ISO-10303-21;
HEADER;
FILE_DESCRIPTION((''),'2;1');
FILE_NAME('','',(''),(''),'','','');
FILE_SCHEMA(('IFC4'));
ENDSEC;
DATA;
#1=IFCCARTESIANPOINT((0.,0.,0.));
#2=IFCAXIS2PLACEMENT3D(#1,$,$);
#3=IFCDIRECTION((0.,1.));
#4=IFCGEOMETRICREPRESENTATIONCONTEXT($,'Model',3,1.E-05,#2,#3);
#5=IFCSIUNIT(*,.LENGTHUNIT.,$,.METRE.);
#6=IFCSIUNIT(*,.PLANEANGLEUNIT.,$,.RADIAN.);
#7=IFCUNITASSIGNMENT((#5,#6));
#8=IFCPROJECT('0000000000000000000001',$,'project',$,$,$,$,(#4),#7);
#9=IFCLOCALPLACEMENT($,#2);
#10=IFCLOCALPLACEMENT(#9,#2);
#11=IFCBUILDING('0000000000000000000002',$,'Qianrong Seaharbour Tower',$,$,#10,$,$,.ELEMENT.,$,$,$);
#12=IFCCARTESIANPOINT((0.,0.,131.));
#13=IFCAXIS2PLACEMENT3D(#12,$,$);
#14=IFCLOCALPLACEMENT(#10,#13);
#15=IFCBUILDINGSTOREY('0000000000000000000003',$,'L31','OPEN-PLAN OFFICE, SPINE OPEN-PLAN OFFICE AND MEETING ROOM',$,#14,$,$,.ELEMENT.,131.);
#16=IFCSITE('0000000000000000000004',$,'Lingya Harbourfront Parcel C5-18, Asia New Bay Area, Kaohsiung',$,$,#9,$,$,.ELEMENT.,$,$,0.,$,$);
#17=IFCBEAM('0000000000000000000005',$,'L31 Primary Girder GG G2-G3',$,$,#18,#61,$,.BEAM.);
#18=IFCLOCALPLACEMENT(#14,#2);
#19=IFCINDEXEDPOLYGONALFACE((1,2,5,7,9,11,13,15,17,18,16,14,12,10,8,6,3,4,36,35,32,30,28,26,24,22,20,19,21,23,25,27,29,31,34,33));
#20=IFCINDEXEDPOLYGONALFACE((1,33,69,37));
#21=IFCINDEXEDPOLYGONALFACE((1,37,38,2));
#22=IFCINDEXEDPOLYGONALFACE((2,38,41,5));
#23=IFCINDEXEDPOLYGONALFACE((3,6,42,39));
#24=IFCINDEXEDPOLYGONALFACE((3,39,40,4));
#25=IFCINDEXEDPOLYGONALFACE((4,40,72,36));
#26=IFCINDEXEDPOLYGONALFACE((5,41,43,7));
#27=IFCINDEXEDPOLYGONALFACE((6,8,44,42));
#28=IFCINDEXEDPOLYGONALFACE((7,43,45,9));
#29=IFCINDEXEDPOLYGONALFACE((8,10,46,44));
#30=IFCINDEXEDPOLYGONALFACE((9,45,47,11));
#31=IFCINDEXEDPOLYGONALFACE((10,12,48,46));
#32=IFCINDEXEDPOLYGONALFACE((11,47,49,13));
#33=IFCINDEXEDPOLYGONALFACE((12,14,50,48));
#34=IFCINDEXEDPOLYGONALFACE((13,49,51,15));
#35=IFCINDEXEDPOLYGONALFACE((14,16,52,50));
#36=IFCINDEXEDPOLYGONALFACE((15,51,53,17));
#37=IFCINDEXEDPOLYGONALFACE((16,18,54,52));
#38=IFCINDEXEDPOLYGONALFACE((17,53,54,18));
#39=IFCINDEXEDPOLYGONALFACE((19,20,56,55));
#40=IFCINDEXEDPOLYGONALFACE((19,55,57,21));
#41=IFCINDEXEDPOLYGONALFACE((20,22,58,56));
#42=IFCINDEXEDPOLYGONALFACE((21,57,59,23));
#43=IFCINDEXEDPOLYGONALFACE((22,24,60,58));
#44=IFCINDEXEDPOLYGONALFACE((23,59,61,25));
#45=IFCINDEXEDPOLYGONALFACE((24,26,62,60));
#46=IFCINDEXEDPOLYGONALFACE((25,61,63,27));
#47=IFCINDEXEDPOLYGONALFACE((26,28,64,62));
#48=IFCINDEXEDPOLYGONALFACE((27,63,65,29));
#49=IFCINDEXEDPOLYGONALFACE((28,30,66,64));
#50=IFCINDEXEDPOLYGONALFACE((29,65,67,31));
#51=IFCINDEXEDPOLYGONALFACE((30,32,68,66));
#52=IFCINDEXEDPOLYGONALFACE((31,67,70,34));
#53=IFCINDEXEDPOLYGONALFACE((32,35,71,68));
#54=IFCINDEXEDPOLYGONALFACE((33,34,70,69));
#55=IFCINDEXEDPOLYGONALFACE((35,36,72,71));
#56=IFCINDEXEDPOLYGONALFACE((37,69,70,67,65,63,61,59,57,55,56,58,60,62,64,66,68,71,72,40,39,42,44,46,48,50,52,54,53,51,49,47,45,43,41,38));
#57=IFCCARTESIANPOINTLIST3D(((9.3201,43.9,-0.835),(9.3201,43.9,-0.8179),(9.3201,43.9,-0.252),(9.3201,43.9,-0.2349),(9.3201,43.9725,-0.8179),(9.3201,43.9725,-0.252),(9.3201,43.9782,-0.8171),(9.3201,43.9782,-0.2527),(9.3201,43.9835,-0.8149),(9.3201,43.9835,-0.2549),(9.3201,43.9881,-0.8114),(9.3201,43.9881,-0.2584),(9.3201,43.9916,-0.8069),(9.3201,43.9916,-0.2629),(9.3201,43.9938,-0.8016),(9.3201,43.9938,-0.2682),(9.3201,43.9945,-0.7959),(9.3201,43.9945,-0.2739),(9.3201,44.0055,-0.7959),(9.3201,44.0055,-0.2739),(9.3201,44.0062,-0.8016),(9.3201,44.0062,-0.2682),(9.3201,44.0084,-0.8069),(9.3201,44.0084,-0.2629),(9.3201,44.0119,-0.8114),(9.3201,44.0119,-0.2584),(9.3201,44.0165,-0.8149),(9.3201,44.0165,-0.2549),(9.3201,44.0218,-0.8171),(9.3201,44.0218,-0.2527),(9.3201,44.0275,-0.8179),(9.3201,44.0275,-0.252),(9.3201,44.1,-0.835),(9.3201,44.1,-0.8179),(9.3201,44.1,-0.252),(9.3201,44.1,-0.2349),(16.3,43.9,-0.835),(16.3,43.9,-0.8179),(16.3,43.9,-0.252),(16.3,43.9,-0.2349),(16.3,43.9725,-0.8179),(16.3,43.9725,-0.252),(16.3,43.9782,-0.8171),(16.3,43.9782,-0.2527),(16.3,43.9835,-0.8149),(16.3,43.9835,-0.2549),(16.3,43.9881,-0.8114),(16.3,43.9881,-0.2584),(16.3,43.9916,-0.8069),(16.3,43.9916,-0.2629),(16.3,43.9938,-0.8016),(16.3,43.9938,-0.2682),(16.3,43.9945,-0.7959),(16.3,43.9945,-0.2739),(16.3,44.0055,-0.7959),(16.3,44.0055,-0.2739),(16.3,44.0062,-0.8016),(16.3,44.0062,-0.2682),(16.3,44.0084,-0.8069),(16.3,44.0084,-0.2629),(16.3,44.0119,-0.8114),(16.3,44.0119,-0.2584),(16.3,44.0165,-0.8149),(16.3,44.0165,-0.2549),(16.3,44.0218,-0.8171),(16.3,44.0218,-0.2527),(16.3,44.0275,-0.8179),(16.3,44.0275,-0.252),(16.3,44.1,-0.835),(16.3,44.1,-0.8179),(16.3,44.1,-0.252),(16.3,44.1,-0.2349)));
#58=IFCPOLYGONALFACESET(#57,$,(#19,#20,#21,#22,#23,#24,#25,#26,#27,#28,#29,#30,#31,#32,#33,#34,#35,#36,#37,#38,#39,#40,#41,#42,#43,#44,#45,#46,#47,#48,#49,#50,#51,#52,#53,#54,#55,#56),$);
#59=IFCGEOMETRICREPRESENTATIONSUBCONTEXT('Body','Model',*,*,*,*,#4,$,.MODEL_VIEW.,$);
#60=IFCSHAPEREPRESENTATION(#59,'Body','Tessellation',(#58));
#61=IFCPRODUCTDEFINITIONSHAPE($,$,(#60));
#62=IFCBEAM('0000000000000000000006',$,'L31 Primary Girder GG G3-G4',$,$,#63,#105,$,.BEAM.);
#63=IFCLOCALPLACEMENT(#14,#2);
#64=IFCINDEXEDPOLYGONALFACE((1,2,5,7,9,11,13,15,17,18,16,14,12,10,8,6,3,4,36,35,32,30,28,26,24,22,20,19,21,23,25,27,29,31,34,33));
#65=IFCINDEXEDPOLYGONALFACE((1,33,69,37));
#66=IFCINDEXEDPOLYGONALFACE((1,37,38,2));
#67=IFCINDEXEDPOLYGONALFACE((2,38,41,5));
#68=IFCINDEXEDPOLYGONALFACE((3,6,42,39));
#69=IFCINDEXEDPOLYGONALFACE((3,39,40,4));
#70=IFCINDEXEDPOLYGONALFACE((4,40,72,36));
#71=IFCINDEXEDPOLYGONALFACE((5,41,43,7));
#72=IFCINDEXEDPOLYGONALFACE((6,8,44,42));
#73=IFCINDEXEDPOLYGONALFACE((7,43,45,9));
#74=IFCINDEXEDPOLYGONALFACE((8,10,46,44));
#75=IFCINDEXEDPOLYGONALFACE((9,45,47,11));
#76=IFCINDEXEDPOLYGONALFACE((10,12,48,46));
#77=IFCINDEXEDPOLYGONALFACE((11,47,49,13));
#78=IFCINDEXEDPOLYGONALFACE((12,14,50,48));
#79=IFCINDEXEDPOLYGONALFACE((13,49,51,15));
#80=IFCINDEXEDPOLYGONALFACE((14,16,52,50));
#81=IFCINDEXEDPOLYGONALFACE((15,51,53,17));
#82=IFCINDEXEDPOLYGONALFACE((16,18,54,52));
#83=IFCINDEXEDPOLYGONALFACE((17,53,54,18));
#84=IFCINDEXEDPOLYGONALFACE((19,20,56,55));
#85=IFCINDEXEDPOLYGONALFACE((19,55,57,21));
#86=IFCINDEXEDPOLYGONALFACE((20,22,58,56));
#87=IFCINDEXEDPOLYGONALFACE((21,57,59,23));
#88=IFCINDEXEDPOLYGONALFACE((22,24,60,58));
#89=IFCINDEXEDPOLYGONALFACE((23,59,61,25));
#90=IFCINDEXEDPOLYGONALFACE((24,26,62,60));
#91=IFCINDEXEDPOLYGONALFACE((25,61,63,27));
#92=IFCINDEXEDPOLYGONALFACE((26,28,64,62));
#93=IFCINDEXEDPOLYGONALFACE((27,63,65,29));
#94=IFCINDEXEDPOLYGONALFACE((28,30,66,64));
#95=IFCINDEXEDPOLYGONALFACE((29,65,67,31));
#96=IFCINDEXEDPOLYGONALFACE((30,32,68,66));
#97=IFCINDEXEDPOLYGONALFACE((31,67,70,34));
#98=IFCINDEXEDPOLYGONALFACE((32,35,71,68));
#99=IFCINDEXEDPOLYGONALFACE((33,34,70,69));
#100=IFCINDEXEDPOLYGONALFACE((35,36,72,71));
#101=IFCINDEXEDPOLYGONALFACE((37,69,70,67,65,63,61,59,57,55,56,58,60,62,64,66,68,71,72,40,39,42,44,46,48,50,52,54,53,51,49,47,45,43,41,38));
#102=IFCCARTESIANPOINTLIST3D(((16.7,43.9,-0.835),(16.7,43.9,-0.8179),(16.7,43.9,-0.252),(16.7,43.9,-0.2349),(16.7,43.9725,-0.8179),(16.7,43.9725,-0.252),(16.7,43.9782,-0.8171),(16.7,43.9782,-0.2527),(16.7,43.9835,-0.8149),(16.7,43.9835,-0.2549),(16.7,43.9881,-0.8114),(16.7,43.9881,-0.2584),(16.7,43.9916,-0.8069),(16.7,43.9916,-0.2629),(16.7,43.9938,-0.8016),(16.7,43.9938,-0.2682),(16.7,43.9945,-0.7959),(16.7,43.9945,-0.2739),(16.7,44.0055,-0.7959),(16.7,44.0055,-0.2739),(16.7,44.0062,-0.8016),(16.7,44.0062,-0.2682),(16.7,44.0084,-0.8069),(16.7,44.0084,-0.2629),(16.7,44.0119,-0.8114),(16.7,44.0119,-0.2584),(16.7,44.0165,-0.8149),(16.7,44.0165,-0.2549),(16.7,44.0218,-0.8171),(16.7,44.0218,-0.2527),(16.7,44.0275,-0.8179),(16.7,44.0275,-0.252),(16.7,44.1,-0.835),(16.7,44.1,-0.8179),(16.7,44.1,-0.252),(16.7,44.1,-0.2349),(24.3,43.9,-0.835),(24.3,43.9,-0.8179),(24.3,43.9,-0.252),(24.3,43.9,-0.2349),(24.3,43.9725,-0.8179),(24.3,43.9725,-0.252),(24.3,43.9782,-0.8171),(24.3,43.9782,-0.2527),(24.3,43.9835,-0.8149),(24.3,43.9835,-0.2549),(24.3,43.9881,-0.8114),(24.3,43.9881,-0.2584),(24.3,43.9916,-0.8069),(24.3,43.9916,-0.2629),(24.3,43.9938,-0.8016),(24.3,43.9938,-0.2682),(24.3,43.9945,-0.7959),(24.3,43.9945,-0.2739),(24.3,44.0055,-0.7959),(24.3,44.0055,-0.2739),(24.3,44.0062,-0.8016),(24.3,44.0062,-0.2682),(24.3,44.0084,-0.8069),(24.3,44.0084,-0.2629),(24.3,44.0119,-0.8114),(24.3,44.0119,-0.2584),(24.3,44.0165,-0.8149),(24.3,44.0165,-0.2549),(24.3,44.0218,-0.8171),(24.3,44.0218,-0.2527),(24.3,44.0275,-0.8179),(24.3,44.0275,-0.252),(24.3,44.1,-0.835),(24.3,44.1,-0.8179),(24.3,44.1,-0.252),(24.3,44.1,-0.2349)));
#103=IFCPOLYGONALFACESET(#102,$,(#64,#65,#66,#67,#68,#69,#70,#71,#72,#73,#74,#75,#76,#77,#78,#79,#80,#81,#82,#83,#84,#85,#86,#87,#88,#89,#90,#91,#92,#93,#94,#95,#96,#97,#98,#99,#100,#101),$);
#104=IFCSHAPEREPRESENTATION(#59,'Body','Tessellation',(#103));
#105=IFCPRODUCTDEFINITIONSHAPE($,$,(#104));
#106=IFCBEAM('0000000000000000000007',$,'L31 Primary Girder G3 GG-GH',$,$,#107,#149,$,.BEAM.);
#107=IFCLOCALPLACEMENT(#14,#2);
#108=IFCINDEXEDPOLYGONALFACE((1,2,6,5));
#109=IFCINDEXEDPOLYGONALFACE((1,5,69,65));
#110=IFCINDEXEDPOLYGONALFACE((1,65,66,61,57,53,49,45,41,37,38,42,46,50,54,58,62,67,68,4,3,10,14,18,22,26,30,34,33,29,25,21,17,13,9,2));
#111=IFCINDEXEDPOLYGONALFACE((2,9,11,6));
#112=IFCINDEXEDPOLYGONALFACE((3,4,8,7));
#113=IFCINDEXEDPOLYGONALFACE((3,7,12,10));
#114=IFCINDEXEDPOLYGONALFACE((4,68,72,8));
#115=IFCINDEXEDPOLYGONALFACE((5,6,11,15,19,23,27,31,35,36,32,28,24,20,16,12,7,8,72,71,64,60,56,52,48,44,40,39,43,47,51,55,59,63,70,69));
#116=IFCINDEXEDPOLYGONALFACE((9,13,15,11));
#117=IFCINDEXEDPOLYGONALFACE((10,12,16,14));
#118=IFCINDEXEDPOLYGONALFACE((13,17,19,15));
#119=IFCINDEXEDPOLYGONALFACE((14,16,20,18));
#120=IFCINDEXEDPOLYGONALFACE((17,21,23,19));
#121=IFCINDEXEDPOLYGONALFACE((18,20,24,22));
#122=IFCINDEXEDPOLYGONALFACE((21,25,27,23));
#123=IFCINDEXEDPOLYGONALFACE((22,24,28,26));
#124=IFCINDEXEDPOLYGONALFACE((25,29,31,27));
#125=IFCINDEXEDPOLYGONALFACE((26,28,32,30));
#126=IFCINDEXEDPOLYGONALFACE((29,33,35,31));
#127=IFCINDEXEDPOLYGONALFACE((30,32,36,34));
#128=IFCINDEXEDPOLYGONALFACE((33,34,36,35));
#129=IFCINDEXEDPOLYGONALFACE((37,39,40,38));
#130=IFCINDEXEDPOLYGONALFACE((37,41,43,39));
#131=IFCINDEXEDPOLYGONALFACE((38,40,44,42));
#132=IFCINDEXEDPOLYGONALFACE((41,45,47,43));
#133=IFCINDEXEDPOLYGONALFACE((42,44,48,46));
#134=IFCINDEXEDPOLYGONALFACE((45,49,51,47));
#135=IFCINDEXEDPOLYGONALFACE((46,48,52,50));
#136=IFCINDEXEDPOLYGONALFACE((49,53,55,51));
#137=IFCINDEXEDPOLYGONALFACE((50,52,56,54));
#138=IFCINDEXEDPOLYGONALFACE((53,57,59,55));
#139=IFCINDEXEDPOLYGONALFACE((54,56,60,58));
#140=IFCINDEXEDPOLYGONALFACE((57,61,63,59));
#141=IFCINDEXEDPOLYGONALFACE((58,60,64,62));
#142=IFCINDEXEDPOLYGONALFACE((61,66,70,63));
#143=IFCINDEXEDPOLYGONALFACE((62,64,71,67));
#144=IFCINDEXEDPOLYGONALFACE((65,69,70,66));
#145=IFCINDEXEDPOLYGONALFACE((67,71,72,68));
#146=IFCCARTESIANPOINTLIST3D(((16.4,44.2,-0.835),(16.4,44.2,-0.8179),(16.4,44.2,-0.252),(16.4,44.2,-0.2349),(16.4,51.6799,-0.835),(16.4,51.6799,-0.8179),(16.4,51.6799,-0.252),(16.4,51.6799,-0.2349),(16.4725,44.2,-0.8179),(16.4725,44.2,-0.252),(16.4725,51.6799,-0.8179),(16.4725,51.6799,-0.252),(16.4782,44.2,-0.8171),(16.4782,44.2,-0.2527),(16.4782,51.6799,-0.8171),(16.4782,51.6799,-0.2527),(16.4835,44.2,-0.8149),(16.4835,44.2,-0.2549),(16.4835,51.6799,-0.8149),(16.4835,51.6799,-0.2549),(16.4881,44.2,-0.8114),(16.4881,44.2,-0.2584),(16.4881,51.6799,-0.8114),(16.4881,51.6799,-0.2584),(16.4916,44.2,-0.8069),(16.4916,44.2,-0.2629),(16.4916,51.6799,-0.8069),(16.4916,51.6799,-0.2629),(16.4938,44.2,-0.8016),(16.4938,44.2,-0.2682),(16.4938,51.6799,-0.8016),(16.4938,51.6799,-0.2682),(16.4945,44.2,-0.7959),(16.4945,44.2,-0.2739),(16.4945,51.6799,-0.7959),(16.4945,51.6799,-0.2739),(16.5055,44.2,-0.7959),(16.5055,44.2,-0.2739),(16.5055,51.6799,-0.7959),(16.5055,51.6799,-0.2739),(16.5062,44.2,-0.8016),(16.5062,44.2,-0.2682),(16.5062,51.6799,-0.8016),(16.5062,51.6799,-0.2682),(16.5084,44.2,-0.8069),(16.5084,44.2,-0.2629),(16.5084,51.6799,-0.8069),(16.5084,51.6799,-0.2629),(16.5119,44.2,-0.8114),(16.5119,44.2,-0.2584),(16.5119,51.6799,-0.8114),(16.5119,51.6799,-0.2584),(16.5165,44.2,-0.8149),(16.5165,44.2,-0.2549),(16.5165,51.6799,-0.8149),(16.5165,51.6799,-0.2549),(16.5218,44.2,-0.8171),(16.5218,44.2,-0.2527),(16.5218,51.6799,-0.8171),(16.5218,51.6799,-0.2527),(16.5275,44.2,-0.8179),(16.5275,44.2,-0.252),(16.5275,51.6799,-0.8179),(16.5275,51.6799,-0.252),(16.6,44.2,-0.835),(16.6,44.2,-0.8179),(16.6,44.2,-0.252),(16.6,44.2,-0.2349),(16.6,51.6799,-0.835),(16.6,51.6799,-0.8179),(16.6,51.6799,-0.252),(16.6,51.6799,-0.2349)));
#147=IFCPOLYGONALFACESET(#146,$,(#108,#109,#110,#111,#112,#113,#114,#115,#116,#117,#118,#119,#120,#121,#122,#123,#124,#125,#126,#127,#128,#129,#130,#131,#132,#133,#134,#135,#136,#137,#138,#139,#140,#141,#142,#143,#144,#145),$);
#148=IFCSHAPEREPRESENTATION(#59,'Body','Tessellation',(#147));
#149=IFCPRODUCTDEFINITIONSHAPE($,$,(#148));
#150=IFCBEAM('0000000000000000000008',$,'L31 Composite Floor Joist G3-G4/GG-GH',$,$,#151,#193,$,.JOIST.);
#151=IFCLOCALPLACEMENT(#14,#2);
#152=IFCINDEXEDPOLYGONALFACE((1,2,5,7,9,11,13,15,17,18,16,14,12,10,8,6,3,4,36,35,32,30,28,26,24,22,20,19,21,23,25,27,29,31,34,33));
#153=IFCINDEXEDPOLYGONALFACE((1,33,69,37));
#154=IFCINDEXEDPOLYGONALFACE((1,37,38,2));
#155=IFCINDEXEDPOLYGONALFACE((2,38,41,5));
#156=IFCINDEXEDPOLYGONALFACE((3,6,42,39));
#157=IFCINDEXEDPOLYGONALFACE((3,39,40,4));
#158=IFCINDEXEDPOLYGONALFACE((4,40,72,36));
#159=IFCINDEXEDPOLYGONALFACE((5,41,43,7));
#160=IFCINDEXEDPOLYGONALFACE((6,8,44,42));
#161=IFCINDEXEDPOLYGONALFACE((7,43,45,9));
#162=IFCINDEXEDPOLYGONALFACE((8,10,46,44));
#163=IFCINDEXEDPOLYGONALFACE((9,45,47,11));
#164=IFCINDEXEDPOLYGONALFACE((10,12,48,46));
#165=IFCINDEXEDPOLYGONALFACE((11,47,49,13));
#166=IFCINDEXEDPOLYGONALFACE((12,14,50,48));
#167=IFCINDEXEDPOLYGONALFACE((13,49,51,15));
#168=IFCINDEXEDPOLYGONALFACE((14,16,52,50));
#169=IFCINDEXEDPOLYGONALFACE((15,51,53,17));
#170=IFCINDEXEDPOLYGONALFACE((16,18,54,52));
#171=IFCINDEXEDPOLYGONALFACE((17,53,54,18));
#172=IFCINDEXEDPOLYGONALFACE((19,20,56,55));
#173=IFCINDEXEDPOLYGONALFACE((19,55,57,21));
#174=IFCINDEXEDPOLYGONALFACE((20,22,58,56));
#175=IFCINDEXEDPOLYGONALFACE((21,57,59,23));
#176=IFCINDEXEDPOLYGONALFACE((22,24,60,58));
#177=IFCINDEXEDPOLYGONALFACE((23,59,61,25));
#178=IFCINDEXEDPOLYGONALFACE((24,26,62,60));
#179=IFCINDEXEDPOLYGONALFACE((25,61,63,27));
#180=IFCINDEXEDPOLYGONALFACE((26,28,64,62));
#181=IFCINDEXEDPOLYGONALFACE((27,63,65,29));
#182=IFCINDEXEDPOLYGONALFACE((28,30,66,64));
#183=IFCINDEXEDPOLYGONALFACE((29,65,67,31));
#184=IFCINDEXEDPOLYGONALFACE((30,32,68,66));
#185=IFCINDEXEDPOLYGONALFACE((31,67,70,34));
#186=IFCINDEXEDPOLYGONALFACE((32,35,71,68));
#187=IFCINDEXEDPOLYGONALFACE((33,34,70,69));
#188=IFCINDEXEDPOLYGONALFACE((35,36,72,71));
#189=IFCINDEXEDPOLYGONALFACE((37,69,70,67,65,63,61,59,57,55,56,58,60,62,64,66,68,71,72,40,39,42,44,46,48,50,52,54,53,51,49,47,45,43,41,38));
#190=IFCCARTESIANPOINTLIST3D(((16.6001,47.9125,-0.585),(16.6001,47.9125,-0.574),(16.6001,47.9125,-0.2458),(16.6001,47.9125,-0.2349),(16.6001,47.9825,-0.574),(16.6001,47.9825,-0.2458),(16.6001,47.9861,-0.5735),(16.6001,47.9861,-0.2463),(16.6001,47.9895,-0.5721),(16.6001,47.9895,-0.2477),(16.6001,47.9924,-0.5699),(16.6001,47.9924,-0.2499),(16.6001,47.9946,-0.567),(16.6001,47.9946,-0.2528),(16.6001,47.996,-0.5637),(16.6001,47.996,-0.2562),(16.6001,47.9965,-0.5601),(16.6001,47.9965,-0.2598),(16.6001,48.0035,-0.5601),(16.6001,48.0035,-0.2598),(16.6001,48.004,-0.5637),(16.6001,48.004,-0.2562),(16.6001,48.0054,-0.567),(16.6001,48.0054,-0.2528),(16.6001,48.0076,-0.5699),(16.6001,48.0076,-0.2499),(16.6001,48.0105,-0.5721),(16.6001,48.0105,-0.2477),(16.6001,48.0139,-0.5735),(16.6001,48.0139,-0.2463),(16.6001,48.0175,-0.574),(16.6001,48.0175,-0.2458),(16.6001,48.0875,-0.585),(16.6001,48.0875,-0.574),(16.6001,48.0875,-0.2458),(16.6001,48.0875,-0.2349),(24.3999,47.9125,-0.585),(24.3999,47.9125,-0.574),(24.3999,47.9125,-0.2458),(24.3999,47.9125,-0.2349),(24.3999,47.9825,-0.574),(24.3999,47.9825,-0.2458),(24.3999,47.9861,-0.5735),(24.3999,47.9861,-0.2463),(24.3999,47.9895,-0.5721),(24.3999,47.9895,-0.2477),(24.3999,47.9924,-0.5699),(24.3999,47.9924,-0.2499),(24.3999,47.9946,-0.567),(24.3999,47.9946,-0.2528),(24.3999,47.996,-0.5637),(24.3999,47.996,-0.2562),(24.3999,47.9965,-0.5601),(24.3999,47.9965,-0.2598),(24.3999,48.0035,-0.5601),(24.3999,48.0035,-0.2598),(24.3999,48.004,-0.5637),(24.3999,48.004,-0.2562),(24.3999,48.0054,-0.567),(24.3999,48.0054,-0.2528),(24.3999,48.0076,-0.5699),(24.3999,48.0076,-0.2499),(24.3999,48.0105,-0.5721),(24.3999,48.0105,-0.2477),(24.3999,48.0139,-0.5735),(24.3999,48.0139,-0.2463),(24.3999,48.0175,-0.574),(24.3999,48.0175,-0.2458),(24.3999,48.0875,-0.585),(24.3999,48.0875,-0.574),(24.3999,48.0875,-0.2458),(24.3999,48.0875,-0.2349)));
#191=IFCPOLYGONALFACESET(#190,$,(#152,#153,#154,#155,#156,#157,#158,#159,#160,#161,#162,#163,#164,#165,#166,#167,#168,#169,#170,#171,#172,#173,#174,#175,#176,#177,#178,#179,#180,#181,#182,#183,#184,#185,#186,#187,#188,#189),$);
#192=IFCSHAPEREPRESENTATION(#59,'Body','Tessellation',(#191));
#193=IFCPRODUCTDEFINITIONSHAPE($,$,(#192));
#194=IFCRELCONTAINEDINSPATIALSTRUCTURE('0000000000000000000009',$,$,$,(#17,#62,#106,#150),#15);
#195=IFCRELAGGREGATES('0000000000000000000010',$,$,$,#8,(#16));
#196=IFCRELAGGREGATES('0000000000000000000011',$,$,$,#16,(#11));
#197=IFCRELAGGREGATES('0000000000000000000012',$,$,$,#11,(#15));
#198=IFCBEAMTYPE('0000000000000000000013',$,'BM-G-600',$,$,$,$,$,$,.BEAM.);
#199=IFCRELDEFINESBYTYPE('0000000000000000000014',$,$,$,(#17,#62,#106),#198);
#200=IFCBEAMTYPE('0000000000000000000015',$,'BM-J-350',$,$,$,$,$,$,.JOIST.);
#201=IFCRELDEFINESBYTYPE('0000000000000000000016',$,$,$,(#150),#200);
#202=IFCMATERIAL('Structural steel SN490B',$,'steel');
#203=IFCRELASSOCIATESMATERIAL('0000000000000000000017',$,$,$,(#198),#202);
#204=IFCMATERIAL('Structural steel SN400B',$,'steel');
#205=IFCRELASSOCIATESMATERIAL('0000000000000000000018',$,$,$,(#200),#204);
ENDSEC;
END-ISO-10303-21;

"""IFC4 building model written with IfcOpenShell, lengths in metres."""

from ifc_helpers import new_model, si_unit, direction, frame, origin, origin_2d, place, context, subcontext, project, spatial, i_section, extrude, material, material_profile, profile_set, type_object, element, save


model = new_model("IFC4")

# Units and contexts
model_context = context("Model", 3, precision=1e-05, world=origin(), true_north=direction((0.0, 1.0)))
body_context = subcontext(model_context, "Body", "Model", "MODEL_VIEW")
ifc_project = project(units=[si_unit("LENGTHUNIT", "METRE"), si_unit("PLANEANGLEUNIT", "RADIAN")], contexts=[model_context])

# Site, building, storey
site_placement = place(None, origin())
site = spatial("IfcSite", under=ifc_project, at=site_placement, Name="Lingya Harbourfront Parcel C5-18, Asia New Bay Area, Kaohsiung", CompositionType="ELEMENT", RefElevation=0.0)
building_placement = place(site_placement, origin())
building = spatial("IfcBuilding", under=site, at=building_placement, Name="Qianrong Seaharbour Tower", CompositionType="ELEMENT")
storey_placement = place(building_placement, frame((0.0, 0.0, 131.0)))
storey = spatial("IfcBuildingStorey", under=building, at=storey_placement, Name="L31", Description="OPEN-PLAN OFFICE, SPINE OPEN-PLAN OFFICE AND MEETING ROOM", CompositionType="ELEMENT", Elevation=131.0)

# Shared definitions
ifc_material_1 = material(Name="Structural steel SN490B", Category="steel")

# Beams
ifc_material_profile_1 = material_profile(ifc_material_1, i_section(OverallWidth=0.2, OverallDepth=0.6001, WebThickness=0.011, FlangeThickness=0.0171, FilletRadius=0.022, at=origin_2d()), Name="H600x200x11x17")
ifc_profile_set_1 = profile_set([ifc_material_profile_1], Name="Structural steel SN490B")
beam_type_1 = type_object("IfcBeamType", Name="BM-G-600", PredefinedType="BEAM", material=ifc_profile_set_1)
beam_1_placement = place(storey_placement, frame((9.3201, 44.0, -0.5349), z_axis=(1.0, 0.0, 0.0), x_axis=(0.0, 1.0, 0.0)))
element("IfcBeam", 1, at=beam_1_placement, inside=storey, type_object=beam_type_1, Name="L31 Primary Girder GG G2-G3", PredefinedType="BEAM", context=body_context, shape_type="SweptSolid", body=[
    extrude(i_section(OverallWidth=0.2, OverallDepth=0.6001, WebThickness=0.011, FlangeThickness=0.0171, FilletRadius=0.022, at=origin_2d()), origin(), (0.0, 0.0, 1.0), 6.98),
])
beam_2_placement = place(storey_placement, frame((16.7, 44.0, -0.5349), z_axis=(1.0, 0.0, 0.0), x_axis=(0.0, 1.0, 0.0)))
element("IfcBeam", 2, at=beam_2_placement, inside=storey, type_object=beam_type_1, Name="L31 Primary Girder GG G3-G4", PredefinedType="BEAM", context=body_context, shape_type="SweptSolid", body=[
    extrude(i_section(OverallWidth=0.2, OverallDepth=0.6001, WebThickness=0.011, FlangeThickness=0.0171, FilletRadius=0.022, at=origin_2d()), origin(), (0.0, 0.0, 1.0), 7.6001),
])
beam_3_placement = place(storey_placement, frame((16.5, 44.2, -0.5349), z_axis=(0.0, 1.0, 0.0), x_axis=(-1.0, 0.0, 0.0)))
element("IfcBeam", 3, at=beam_3_placement, inside=storey, type_object=beam_type_1, Name="L31 Primary Girder G3 GG-GH", PredefinedType="BEAM", context=body_context, shape_type="SweptSolid", body=[
    extrude(i_section(OverallWidth=0.2, OverallDepth=0.6001, WebThickness=0.011, FlangeThickness=0.0171, FilletRadius=0.022, at=origin_2d()), origin(), (0.0, 0.0, 1.0), 7.48),
])
ifc_material_2 = material(Name="Structural steel SN400B", Category="steel")
ifc_material_profile_2 = material_profile(ifc_material_2, i_section(OverallWidth=0.175, OverallDepth=0.3501, WebThickness=0.0071, FlangeThickness=0.011, FilletRadius=0.0139, at=origin_2d()), Name="H350x175x7x11")
ifc_profile_set_2 = profile_set([ifc_material_profile_2], Name="Structural steel SN400B")
beam_type_2 = type_object("IfcBeamType", Name="BM-J-350", PredefinedType="JOIST", material=ifc_profile_set_2)
beam_4_placement = place(storey_placement, frame((16.6001, 48.0, -0.4099), z_axis=(1.0, 0.0, 0.0), x_axis=(0.0, 1.0, 0.0)))
element("IfcBeam", 4, at=beam_4_placement, inside=storey, type_object=beam_type_2, Name="L31 Composite Floor Joist G3-G4/GG-GH", PredefinedType="JOIST", context=body_context, shape_type="SweptSolid", body=[
    extrude(i_section(OverallWidth=0.175, OverallDepth=0.3501, WebThickness=0.0071, FlangeThickness=0.011, FilletRadius=0.0139, at=origin_2d()), origin(), (0.0, 0.0, 1.0), 7.7998),
])

save(model, "model.ifc")
